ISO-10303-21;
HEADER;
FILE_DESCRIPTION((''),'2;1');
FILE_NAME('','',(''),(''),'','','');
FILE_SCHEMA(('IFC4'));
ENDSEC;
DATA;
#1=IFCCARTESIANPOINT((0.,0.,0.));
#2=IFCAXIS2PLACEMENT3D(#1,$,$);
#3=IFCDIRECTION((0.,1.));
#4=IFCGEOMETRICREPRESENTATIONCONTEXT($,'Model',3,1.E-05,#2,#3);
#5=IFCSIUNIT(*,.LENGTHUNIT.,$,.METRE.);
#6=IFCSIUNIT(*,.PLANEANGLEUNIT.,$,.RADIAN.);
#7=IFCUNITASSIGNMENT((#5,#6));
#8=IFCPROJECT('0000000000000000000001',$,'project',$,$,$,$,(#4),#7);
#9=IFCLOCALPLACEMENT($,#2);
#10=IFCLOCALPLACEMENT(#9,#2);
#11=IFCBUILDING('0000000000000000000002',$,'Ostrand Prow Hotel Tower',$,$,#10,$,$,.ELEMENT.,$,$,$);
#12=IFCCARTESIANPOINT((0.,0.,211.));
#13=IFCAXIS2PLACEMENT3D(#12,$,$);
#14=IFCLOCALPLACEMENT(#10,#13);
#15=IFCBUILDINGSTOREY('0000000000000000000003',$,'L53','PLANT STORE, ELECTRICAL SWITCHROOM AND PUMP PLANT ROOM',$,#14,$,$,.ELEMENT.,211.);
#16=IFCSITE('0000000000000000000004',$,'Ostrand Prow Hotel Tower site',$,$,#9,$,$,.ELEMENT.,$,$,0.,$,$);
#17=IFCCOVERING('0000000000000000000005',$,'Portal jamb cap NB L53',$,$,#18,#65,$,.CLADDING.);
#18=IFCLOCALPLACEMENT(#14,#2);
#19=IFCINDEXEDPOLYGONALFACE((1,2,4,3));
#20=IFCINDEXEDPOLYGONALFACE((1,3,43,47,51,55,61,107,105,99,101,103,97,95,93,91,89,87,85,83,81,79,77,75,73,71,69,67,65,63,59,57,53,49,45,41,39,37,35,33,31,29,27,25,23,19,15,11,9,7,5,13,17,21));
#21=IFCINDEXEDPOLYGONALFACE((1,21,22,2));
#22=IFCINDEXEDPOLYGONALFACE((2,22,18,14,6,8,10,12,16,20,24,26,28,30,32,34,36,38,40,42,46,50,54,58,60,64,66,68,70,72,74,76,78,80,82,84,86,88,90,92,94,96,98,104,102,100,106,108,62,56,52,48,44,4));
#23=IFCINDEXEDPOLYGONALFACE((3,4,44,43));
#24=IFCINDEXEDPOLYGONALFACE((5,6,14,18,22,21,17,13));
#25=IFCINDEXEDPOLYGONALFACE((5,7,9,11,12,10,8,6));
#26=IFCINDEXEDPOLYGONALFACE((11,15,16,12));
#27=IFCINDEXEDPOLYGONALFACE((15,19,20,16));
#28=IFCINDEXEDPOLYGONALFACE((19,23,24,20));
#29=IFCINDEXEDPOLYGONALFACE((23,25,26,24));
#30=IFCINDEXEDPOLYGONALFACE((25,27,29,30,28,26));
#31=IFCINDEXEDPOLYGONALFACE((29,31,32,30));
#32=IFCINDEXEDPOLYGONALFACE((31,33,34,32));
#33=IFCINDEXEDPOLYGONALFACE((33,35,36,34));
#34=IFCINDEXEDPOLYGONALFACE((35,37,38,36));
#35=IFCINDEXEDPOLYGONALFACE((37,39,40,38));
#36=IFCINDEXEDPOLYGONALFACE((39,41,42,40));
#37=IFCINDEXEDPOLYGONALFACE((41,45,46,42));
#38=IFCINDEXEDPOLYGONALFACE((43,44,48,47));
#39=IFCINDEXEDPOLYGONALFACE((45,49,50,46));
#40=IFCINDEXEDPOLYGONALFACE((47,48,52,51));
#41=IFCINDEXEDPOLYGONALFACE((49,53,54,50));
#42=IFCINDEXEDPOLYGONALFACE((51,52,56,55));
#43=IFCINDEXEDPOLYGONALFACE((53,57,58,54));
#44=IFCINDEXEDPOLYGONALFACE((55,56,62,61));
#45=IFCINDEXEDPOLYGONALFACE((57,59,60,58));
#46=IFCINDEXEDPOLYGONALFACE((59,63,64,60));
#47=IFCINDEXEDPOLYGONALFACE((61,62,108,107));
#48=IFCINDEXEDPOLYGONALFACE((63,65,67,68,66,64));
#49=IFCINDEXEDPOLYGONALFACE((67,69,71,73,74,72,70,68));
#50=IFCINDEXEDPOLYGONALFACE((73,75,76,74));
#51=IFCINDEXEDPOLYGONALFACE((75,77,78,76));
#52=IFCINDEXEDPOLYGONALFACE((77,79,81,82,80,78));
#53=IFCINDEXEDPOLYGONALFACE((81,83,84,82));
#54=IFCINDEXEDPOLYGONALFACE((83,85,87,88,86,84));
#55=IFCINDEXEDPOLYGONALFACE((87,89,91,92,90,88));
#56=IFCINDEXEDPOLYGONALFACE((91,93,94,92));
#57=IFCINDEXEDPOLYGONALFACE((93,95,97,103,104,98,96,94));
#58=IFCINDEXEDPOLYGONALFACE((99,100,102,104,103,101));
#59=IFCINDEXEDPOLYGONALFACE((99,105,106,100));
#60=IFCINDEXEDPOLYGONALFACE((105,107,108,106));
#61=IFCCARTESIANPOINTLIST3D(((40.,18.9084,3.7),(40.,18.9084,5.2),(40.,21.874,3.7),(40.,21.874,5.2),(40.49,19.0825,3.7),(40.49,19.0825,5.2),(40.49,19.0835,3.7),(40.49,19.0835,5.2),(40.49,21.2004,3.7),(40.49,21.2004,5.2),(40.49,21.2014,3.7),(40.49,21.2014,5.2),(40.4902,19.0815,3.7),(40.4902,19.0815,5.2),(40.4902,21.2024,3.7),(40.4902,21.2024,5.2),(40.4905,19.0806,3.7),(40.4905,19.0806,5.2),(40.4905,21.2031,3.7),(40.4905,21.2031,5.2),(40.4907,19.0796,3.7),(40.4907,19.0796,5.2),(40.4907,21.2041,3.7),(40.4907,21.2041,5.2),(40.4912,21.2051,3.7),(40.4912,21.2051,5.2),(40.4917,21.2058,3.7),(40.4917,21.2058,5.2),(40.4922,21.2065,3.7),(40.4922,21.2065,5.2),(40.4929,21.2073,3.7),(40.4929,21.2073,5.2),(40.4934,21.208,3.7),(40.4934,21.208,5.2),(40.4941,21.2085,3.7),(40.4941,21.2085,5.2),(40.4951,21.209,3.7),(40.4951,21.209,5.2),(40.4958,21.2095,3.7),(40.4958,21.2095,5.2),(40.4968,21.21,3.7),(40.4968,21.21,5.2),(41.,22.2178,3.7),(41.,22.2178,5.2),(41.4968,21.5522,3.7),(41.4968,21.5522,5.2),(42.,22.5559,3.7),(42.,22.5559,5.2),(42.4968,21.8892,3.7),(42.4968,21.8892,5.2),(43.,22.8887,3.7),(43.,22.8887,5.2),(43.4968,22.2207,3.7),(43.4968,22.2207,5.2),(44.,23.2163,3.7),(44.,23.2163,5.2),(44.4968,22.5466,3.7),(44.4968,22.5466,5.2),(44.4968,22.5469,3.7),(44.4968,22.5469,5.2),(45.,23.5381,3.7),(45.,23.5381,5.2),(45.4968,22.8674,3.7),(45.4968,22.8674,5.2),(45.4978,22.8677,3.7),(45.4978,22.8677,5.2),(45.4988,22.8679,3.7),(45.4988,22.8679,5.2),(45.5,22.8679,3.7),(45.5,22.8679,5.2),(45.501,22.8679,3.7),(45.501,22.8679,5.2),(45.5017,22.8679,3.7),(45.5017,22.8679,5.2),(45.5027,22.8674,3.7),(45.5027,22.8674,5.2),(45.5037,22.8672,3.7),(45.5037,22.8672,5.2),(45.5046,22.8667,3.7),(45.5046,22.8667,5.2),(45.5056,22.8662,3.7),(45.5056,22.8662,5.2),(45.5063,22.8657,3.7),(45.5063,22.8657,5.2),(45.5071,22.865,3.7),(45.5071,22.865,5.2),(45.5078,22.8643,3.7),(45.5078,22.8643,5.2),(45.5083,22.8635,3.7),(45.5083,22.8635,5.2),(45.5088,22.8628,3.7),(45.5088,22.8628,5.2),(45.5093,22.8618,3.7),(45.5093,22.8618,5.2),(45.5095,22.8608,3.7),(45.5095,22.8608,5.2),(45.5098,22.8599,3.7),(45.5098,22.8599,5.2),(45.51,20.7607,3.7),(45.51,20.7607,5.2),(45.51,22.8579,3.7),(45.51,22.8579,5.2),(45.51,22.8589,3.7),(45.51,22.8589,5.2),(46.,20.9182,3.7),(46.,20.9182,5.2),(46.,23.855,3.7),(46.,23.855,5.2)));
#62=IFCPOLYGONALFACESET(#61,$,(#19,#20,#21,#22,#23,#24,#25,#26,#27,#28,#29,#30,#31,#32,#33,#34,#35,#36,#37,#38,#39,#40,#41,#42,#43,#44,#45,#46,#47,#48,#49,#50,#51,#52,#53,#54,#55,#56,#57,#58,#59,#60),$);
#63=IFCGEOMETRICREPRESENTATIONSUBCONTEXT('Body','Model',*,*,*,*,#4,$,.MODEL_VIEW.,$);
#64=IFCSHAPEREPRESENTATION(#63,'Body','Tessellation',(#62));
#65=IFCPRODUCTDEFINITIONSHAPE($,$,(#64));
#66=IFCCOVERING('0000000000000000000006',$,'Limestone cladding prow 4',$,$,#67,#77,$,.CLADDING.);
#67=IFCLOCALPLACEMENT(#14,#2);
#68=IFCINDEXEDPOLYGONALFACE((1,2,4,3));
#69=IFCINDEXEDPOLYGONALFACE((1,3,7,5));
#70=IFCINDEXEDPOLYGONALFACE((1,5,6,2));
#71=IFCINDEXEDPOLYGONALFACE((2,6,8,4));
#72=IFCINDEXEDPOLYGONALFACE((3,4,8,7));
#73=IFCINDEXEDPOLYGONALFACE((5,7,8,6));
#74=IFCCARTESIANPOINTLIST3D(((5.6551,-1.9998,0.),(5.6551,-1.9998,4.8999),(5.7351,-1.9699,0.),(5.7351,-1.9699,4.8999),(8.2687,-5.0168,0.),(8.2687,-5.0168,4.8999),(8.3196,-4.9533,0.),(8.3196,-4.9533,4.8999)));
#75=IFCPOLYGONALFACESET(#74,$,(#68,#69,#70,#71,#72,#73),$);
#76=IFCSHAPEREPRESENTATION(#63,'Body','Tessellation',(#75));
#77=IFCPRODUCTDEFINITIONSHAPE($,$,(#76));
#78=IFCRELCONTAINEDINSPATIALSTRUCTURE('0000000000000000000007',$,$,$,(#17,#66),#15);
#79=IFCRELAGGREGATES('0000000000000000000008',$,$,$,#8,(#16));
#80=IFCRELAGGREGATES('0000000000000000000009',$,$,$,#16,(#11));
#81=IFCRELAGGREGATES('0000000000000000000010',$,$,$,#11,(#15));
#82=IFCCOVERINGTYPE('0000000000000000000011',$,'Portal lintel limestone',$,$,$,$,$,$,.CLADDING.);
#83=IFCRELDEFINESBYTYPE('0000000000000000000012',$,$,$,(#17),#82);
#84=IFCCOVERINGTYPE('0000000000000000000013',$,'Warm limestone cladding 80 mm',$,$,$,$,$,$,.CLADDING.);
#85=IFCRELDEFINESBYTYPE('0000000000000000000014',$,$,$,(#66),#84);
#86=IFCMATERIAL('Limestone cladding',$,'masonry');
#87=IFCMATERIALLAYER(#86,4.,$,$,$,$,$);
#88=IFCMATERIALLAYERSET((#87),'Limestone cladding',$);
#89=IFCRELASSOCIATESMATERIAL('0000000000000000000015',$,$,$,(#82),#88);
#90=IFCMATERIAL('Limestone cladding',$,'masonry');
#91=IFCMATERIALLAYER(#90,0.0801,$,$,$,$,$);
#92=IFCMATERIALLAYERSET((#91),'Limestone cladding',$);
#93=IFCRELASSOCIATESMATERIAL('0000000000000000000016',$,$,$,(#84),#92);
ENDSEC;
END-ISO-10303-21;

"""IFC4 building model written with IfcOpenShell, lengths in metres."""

from ifc_helpers import new_model, si_unit, direction, frame, origin, place, context, subcontext, project, spatial, polyline, outline, extrude, material, layer, layer_set, type_object, element, save


model = new_model("IFC4")

# Units and contexts
model_context = context("Model", 3, precision=1e-05, world=origin(), true_north=direction((0.0, 1.0)))
body_context = subcontext(model_context, "Body", "Model", "MODEL_VIEW")
ifc_project = project(units=[si_unit("LENGTHUNIT", "METRE"), si_unit("PLANEANGLEUNIT", "RADIAN")], contexts=[model_context])

# Site, building, storey
site_placement = place(None, origin())
site = spatial("IfcSite", under=ifc_project, at=site_placement, Name="Ostrand Prow Hotel Tower site", CompositionType="ELEMENT", RefElevation=0.0)
building_placement = place(site_placement, origin())
building = spatial("IfcBuilding", under=site, at=building_placement, Name="Ostrand Prow Hotel Tower", CompositionType="ELEMENT")
storey_placement = place(building_placement, frame((0.0, 0.0, 211.0)))
storey = spatial("IfcBuildingStorey", under=building, at=storey_placement, Name="L53", Description="PLANT STORE, ELECTRICAL SWITCHROOM AND PUMP PLANT ROOM", CompositionType="ELEMENT", Elevation=211.0)

# Coverings
ifc_material_1 = material(Name="Limestone cladding", Category="masonry")
ifc_layer_1 = layer(ifc_material_1, 4.0)
ifc_layer_set_1 = layer_set([ifc_layer_1], Name="Limestone cladding")
covering_type_1 = type_object("IfcCoveringType", Name="Portal lintel limestone", PredefinedType="CLADDING", material=ifc_layer_set_1)
covering_1_placement = place(storey_placement, frame((0.0, 0.0, 3.7)))
element("IfcCovering", 1, at=covering_1_placement, inside=storey, type_object=covering_type_1, Name="Portal jamb cap NB L53", PredefinedType="CLADDING", context=body_context, shape_type="SweptSolid", body=[
    extrude(outline(polyline([(40.0, 21.874), (40.0, 18.9084), (40.4907, 19.0796), (40.4907, 19.0796), (40.4905, 19.0806), (40.4902, 19.0815), (40.49, 19.0825), (40.49, 19.0835), (40.49, 21.2004), (40.49, 21.2014), (40.4902, 21.2024), (40.4905, 21.2031), (40.4907, 21.2041), (40.4912, 21.2051), (40.4917, 21.2058), (40.4922, 21.2065), (40.4929, 21.2073), (40.4934, 21.208), (40.4941, 21.2085), (40.4951, 21.209), (40.4958, 21.2095), (40.4968, 21.21), (41.4968, 21.5522), (41.4968, 21.5522), (42.4968, 21.8892), (42.4968, 21.8892), (43.4968, 22.2207), (43.4968, 22.2207), (44.4968, 22.5466), (44.4968, 22.5469), (45.4968, 22.8674), (45.4978, 22.8677), (45.4988, 22.8679), (45.5, 22.8679), (45.501, 22.8679), (45.5017, 22.8679), (45.5027, 22.8674), (45.5037, 22.8672), (45.5046, 22.8667), (45.5056, 22.8662), (45.5063, 22.8657), (45.5071, 22.865), (45.5078, 22.8643), (45.5083, 22.8635), (45.5088, 22.8628), (45.5093, 22.8618), (45.5095, 22.8608), (45.5098, 22.8599), (45.51, 22.8589), (45.51, 22.8579), (45.51, 20.7607), (46.0, 20.9182), (46.0, 23.855), (45.0, 23.5381), (44.0, 23.2163), (43.0, 22.8887), (42.0, 22.5559), (41.0, 22.2178), (40.0, 21.874)])), origin(), (0.0, 0.0, 1.0), 1.5),
])
ifc_material_2 = material(Name="Limestone cladding", Category="masonry")
ifc_layer_2 = layer(ifc_material_2, 0.0801)
ifc_layer_set_2 = layer_set([ifc_layer_2], Name="Limestone cladding")
covering_type_2 = type_object("IfcCoveringType", Name="Warm limestone cladding 80 mm", PredefinedType="CLADDING", material=ifc_layer_set_2)
covering_2_placement = place(storey_placement, frame((5.6951, -1.9849, 0.0), z_axis=(0.0, 0.0, 1.0), x_axis=(0.654774, -0.755825, 0.0)))
element("IfcCovering", 2, at=covering_2_placement, inside=storey, type_object=covering_type_2, Name="Limestone cladding prow 4", PredefinedType="CLADDING", context=body_context, shape_type="SweptSolid", body=[
    extrude(outline(polyline([(-0.0149, -0.04), (3.9768, -0.04), (3.9622, 0.04), (0.0149, 0.04), (-0.0149, -0.04)])), origin(), (0.0, 0.0, 1.0), 4.8999),
])

save(model, "model.ifc")
